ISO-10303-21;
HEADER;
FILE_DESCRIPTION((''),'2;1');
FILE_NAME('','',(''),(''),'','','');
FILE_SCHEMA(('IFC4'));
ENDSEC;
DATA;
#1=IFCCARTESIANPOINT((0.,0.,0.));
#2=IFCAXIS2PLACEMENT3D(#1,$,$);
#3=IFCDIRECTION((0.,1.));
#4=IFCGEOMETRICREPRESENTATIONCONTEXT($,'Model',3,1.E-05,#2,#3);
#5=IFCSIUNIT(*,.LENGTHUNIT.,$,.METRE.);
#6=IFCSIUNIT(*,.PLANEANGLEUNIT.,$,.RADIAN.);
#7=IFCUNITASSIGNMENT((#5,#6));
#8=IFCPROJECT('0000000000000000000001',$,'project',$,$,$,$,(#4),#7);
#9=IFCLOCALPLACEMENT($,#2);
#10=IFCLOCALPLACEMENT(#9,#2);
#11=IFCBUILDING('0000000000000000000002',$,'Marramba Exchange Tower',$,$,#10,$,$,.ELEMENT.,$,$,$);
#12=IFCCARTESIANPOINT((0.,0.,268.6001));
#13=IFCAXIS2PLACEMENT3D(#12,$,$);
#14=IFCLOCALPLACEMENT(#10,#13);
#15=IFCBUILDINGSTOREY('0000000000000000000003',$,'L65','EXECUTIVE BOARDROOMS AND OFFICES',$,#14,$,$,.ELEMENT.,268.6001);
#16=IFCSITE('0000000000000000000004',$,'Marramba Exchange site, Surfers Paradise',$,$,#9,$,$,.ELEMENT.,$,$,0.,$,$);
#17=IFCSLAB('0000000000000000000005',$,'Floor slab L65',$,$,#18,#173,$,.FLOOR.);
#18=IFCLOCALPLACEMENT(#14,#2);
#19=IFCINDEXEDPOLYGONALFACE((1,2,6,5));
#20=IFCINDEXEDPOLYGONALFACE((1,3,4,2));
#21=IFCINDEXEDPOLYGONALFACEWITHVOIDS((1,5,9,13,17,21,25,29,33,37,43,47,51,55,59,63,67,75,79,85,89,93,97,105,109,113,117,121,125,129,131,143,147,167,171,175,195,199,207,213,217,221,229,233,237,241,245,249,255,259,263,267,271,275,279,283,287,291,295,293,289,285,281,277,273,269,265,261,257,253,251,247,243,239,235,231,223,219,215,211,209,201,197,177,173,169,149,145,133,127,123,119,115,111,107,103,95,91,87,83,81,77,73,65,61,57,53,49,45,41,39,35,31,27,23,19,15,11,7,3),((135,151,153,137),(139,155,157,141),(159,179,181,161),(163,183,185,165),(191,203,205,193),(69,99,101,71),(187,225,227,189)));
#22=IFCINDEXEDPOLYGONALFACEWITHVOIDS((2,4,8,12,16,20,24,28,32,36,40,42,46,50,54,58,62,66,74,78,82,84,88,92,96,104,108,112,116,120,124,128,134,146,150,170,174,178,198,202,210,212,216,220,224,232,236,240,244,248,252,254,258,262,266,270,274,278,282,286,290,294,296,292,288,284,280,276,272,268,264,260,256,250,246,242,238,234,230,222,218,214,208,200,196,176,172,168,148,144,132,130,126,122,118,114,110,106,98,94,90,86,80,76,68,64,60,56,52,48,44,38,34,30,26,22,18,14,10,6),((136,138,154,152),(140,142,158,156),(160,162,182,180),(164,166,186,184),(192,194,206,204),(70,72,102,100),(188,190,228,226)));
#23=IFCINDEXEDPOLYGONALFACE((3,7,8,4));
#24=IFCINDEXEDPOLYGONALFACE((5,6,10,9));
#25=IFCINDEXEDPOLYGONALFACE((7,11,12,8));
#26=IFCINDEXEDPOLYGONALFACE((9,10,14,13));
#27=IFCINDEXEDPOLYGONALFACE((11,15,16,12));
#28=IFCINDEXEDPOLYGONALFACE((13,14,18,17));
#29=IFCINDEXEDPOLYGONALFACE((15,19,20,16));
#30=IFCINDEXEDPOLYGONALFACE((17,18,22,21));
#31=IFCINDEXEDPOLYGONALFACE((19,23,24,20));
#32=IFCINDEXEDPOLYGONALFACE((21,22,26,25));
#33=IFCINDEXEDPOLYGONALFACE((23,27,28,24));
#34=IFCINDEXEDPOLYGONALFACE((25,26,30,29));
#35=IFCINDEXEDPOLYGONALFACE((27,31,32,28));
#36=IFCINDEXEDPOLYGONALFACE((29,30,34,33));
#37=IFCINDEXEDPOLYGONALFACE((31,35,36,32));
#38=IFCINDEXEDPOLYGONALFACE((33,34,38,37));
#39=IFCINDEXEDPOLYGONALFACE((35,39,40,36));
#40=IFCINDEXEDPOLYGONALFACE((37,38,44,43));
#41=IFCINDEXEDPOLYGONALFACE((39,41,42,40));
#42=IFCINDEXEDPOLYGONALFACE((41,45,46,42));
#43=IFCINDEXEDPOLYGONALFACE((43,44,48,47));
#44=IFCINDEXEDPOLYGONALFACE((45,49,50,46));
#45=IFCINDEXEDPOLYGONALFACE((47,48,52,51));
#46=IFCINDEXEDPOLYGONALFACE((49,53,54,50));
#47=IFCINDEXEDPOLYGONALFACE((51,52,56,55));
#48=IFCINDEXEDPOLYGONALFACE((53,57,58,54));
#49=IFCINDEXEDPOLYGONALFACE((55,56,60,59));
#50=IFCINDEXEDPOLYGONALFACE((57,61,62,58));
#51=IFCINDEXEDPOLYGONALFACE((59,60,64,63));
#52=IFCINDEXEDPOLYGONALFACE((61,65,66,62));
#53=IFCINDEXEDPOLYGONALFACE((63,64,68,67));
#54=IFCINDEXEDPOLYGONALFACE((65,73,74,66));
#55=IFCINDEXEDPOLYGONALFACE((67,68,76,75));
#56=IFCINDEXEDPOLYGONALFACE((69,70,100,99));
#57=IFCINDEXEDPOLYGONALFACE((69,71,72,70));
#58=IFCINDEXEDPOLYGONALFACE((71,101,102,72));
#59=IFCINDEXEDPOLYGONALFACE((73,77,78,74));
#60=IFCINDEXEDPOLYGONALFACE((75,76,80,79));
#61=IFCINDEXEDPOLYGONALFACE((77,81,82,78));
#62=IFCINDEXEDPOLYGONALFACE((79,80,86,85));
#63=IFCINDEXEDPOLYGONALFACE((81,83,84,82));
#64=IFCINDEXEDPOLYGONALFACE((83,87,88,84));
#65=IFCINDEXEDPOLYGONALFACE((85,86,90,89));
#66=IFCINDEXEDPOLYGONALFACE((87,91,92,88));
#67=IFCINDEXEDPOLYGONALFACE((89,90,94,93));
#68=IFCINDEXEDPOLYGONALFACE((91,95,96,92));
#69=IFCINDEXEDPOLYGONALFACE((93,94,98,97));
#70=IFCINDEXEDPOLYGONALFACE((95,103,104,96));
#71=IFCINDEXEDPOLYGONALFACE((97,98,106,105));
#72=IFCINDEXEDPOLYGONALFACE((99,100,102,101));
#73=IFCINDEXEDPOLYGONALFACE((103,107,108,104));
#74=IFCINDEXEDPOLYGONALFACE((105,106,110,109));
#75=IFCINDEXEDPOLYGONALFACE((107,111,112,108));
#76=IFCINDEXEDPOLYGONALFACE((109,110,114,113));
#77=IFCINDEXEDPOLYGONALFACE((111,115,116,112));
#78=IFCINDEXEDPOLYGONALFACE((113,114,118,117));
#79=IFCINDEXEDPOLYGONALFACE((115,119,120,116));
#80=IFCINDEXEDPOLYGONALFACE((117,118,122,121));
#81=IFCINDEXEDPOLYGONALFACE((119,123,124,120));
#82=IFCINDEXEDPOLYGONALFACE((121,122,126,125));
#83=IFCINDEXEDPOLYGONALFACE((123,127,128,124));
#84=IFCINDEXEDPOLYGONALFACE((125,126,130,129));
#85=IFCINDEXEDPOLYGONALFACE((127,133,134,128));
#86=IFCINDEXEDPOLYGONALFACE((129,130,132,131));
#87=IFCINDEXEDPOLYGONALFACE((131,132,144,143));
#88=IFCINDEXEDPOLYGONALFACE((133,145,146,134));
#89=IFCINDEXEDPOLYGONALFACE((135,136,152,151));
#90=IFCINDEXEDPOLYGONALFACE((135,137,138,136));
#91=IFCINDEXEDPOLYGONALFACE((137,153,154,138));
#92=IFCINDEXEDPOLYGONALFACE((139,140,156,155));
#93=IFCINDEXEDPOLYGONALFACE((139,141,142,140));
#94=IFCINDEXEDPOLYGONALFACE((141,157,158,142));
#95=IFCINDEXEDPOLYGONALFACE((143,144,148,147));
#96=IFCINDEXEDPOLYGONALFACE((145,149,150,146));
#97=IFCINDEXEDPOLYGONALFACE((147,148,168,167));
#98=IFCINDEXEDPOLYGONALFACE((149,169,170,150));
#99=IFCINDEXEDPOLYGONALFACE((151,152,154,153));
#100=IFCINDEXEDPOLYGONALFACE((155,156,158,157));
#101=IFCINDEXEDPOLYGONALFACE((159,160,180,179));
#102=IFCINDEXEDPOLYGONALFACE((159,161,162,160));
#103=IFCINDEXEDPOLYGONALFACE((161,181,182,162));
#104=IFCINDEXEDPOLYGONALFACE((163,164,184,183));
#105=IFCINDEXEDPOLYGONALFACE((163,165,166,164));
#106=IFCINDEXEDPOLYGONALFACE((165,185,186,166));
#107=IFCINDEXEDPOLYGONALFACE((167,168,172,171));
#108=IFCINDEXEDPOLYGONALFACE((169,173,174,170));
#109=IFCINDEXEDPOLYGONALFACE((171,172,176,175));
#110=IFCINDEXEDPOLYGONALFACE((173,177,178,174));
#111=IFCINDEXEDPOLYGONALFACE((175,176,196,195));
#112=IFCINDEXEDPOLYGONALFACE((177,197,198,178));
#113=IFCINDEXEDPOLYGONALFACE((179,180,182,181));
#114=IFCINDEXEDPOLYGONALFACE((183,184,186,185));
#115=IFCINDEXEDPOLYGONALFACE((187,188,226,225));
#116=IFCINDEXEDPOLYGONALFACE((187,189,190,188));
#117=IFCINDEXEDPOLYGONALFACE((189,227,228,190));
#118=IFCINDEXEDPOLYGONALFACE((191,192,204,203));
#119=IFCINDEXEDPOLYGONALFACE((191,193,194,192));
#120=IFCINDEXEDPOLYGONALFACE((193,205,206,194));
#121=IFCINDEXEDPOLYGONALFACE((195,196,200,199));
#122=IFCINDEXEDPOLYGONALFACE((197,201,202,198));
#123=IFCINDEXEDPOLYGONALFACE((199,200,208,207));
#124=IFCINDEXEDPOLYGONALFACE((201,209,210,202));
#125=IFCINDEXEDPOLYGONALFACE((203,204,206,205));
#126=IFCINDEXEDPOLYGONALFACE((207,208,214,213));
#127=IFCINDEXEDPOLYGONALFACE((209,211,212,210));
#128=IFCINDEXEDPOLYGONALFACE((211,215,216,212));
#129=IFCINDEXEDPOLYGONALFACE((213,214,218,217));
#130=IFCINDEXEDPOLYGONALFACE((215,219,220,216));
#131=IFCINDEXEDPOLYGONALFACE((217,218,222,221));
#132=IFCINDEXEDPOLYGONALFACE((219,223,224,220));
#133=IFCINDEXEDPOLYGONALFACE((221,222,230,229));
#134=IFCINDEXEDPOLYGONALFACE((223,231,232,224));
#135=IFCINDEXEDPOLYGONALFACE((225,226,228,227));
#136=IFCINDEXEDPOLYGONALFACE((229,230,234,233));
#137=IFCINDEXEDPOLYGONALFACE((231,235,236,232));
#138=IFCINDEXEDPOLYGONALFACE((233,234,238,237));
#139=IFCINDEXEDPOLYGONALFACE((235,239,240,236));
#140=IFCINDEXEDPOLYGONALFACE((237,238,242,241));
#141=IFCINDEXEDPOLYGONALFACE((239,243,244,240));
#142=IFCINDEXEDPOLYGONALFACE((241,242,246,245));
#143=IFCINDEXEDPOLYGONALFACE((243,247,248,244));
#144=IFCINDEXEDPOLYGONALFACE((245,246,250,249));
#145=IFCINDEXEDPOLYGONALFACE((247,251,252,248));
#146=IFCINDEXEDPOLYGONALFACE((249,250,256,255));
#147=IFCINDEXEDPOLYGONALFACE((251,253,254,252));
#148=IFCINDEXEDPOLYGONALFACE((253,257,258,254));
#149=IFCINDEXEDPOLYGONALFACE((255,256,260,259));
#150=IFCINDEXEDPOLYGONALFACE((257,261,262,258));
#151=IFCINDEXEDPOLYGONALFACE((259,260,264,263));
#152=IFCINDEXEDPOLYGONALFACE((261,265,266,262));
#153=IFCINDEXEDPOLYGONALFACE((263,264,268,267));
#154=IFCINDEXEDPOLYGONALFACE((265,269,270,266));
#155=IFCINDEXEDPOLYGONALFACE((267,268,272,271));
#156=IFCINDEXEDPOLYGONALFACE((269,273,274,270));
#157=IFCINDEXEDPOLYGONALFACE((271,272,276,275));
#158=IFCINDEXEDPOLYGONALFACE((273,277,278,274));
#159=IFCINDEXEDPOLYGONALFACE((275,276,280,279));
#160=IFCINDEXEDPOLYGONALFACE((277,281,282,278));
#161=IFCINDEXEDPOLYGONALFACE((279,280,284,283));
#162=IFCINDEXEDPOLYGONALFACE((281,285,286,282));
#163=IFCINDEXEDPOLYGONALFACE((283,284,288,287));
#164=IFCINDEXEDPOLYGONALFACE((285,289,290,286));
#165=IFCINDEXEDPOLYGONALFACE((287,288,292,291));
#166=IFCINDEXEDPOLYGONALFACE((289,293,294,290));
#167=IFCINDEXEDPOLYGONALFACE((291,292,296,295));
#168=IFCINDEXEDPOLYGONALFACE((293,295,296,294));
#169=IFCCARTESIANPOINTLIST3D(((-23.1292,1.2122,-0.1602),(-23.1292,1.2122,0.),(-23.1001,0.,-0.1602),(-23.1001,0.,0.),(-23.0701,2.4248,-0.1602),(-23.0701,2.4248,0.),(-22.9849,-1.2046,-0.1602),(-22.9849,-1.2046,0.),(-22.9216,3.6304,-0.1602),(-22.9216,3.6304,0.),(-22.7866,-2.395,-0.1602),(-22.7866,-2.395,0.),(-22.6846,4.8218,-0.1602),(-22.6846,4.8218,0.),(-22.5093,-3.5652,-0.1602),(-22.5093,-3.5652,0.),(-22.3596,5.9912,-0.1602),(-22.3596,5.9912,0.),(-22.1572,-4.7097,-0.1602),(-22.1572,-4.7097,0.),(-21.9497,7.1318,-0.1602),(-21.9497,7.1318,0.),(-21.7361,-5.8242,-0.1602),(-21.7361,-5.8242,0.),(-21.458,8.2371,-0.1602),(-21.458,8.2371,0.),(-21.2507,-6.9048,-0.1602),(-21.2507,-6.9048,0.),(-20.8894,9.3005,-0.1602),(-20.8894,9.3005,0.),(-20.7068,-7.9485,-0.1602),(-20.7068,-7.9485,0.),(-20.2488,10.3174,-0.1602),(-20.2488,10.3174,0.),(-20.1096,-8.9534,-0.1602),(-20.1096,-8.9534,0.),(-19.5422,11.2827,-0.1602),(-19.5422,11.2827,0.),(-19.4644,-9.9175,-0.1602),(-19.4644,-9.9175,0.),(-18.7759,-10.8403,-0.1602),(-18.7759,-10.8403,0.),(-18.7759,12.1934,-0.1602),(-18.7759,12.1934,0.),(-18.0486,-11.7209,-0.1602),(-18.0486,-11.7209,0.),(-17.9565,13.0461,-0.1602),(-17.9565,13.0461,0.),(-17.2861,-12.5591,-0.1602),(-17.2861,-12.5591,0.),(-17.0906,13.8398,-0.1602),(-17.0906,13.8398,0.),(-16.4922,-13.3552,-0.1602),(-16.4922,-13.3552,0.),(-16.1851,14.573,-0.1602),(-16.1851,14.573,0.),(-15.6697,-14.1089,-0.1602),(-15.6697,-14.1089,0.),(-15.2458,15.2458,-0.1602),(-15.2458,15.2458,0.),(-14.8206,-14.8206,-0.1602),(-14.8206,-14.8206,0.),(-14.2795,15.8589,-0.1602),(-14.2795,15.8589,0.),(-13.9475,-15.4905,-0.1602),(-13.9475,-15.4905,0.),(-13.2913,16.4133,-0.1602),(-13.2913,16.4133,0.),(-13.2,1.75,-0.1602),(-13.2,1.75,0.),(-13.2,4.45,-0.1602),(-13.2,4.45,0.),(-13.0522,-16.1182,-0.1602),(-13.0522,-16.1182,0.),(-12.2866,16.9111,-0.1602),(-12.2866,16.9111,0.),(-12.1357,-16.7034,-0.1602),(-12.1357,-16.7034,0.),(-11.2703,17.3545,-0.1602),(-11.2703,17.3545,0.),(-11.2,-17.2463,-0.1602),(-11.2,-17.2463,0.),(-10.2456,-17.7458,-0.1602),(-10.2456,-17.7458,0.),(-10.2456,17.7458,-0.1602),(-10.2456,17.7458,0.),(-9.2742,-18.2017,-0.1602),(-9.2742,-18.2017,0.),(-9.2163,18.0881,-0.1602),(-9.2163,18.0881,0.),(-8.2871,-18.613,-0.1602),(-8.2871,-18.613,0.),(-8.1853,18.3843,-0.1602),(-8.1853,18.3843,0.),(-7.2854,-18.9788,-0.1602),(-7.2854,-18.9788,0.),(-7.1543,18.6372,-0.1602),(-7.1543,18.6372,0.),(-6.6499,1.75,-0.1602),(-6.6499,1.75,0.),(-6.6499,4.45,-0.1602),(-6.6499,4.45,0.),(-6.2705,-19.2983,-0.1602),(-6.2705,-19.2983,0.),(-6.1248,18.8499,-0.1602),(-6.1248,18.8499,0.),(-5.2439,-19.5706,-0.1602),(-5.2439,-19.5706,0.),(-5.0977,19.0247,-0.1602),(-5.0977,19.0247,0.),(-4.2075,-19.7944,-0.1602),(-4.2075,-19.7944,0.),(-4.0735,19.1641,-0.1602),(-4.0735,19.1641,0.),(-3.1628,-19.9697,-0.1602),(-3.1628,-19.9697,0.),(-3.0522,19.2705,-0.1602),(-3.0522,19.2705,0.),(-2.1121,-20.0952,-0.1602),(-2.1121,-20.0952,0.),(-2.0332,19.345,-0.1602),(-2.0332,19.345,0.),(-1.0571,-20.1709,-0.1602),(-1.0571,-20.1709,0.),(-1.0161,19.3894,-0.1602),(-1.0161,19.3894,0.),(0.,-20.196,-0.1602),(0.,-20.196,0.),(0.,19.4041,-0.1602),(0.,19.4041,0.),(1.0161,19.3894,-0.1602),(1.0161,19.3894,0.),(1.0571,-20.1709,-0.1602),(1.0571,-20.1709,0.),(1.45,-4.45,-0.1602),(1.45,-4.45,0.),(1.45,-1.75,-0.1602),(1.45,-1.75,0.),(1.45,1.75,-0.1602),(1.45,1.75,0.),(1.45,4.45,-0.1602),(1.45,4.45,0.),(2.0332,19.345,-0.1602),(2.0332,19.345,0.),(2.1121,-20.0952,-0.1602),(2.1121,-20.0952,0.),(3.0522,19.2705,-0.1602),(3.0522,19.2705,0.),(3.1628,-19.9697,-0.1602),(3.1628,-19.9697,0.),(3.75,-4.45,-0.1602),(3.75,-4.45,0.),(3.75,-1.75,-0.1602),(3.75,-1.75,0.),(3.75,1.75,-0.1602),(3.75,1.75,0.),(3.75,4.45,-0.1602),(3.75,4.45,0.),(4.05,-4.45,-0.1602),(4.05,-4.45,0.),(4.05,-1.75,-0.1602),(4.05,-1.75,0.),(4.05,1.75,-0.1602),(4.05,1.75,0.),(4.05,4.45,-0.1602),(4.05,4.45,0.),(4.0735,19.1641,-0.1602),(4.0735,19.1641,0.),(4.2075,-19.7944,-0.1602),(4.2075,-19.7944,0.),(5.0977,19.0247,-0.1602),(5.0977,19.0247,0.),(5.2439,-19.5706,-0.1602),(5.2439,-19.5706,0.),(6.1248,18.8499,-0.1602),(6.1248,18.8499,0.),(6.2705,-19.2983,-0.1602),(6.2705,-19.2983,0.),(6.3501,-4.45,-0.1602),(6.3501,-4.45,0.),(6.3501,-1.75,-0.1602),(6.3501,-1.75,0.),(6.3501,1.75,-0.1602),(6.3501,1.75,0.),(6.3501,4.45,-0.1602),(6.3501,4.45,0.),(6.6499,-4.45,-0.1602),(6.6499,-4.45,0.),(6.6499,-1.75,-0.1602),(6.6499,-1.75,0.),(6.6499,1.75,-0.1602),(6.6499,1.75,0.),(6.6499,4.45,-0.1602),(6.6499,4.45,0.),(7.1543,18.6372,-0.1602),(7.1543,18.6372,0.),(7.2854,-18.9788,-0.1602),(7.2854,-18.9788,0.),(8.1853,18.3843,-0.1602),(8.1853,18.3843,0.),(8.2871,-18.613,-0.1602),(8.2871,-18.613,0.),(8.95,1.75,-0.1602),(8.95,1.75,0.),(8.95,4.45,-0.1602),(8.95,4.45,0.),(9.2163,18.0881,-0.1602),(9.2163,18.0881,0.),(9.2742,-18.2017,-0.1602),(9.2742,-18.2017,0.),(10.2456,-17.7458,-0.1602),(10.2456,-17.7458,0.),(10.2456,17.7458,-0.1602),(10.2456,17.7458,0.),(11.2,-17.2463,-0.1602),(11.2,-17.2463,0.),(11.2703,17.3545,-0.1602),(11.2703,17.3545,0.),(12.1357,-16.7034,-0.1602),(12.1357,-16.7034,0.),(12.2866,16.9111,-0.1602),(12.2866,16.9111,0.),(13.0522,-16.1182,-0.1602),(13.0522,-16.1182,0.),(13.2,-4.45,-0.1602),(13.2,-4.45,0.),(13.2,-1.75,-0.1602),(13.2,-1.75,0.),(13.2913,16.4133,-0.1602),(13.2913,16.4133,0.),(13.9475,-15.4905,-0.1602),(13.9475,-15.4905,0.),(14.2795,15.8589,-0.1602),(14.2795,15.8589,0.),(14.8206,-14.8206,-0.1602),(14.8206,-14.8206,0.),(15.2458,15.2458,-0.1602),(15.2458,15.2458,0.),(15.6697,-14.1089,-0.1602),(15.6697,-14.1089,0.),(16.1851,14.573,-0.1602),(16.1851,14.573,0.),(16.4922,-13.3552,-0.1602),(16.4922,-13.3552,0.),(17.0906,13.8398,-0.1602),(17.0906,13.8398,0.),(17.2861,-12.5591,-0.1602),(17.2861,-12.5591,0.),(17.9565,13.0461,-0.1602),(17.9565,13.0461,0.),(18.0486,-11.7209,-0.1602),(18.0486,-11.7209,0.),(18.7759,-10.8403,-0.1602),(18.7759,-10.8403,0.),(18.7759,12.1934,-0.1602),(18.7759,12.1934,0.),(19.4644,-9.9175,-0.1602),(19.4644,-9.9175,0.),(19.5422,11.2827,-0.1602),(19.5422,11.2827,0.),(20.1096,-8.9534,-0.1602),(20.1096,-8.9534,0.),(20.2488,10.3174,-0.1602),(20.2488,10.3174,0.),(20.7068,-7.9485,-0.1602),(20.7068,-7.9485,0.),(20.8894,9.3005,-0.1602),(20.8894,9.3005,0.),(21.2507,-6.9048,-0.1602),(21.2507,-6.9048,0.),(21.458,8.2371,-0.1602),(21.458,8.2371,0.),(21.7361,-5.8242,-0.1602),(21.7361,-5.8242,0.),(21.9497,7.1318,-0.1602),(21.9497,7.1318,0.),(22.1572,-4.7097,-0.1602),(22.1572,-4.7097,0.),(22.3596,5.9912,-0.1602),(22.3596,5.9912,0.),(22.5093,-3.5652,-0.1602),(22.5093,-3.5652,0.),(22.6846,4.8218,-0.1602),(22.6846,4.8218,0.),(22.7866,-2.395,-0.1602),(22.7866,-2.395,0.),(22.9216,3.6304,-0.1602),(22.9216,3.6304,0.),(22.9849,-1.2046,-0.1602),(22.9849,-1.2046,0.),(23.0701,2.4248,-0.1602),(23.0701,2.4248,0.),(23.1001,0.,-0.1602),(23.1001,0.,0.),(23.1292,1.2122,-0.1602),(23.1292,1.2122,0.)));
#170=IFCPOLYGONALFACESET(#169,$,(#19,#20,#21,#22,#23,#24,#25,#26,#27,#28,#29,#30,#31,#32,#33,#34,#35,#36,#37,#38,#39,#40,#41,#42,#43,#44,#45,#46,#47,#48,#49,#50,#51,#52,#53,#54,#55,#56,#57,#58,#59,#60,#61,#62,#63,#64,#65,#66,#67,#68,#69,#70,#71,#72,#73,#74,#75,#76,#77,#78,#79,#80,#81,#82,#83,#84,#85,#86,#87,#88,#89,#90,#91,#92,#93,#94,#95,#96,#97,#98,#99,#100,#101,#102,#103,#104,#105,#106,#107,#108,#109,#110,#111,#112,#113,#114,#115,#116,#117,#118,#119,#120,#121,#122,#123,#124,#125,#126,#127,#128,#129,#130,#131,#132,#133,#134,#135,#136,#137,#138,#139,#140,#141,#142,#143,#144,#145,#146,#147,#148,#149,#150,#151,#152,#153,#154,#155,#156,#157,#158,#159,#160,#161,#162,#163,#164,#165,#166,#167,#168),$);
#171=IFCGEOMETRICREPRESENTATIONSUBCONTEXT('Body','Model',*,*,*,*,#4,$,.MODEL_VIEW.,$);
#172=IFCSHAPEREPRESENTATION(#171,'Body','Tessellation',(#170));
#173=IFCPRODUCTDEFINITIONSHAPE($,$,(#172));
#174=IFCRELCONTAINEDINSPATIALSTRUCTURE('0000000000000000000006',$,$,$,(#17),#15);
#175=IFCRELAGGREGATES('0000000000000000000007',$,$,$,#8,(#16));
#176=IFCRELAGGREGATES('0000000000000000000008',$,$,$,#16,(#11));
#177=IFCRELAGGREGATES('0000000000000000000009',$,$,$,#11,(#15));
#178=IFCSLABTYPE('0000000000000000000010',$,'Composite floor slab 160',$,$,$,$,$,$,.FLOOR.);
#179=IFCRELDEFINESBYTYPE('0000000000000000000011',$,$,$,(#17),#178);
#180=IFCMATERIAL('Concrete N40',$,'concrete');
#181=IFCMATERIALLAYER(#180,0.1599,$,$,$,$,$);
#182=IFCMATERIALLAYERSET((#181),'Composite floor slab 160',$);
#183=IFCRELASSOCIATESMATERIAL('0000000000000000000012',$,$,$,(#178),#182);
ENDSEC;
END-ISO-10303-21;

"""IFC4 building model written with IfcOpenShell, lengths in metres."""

from ifc_helpers import new_model, si_unit, direction, frame, origin, place, context, subcontext, project, spatial, polyline, outline, extrude, material, layer, layer_set, type_object, element, save


model = new_model("IFC4")

# Units and contexts
model_context = context("Model", 3, precision=1e-05, world=origin(), true_north=direction((0.0, 1.0)))
body_context = subcontext(model_context, "Body", "Model", "MODEL_VIEW")
ifc_project = project(units=[si_unit("LENGTHUNIT", "METRE"), si_unit("PLANEANGLEUNIT", "RADIAN")], contexts=[model_context])

# Site, building, storey
site_placement = place(None, origin())
site = spatial("IfcSite", under=ifc_project, at=site_placement, Name="Marramba Exchange site, Surfers Paradise", CompositionType="ELEMENT", RefElevation=0.0)
building_placement = place(site_placement, origin())
building = spatial("IfcBuilding", under=site, at=building_placement, Name="Marramba Exchange Tower", CompositionType="ELEMENT")
storey_placement = place(building_placement, frame((0.0, 0.0, 268.6001)))
storey = spatial("IfcBuildingStorey", under=building, at=storey_placement, Name="L65", Description="EXECUTIVE BOARDROOMS AND OFFICES", CompositionType="ELEMENT", Elevation=268.6001)

# Slab
ifc_material_1 = material(Name="Concrete N40", Category="concrete")
ifc_layer_1 = layer(ifc_material_1, 0.1599)
ifc_layer_set_1 = layer_set([ifc_layer_1], Name="Composite floor slab 160")
slab_type = type_object("IfcSlabType", Name="Composite floor slab 160", PredefinedType="FLOOR", material=ifc_layer_set_1)
slab_placement = place(storey_placement, frame((0.0, 0.0, -0.1602)))
element("IfcSlab", 1, at=slab_placement, inside=storey, type_object=slab_type, Name="Floor slab L65", PredefinedType="FLOOR", context=body_context, shape_type="SweptSolid", body=[
    extrude(outline(polyline([(23.1001, 0.0), (23.1292, 1.2122), (23.0701, 2.4248), (22.9216, 3.6304), (22.6846, 4.8218), (22.3596, 5.9912), (21.9497, 7.1318), (21.458, 8.2371), (20.8894, 9.3005), (20.2488, 10.3174), (19.5422, 11.2827), (18.7759, 12.1934), (17.9565, 13.0461), (17.0906, 13.8398), (16.1851, 14.573), (15.2458, 15.2458), (14.2795, 15.8589), (13.2913, 16.4133), (12.2866, 16.9111), (11.2703, 17.3545), (10.2456, 17.7458), (9.2163, 18.0881), (8.1853, 18.3843), (7.1543, 18.6372), (6.1248, 18.8499), (5.0977, 19.0247), (4.0735, 19.1641), (3.0522, 19.2705), (2.0332, 19.345), (1.0161, 19.3894), (0.0, 19.4041), (-1.0161, 19.3894), (-2.0332, 19.345), (-3.0522, 19.2705), (-4.0735, 19.1641), (-5.0977, 19.0247), (-6.1248, 18.8499), (-7.1543, 18.6372), (-8.1853, 18.3843), (-9.2163, 18.0881), (-10.2456, 17.7458), (-11.2703, 17.3545), (-12.2866, 16.9111), (-13.2913, 16.4133), (-14.2795, 15.8589), (-15.2458, 15.2458), (-16.1851, 14.573), (-17.0906, 13.8398), (-17.9565, 13.0461), (-18.7759, 12.1934), (-19.5422, 11.2827), (-20.2488, 10.3174), (-20.8894, 9.3005), (-21.458, 8.2371), (-21.9497, 7.1318), (-22.3596, 5.9912), (-22.6846, 4.8218), (-22.9216, 3.6304), (-23.0701, 2.4248), (-23.1292, 1.2122), (-23.1001, 0.0), (-22.9849, -1.2046), (-22.7866, -2.395), (-22.5093, -3.5652), (-22.1572, -4.7097), (-21.7361, -5.8242), (-21.2507, -6.9048), (-20.7068, -7.9485), (-20.1096, -8.9534), (-19.4644, -9.9175), (-18.7759, -10.8403), (-18.0486, -11.7209), (-17.2861, -12.5591), (-16.4922, -13.3552), (-15.6697, -14.1089), (-14.8206, -14.8206), (-13.9475, -15.4905), (-13.0522, -16.1182), (-12.1357, -16.7034), (-11.2, -17.2463), (-10.2456, -17.7458), (-9.2742, -18.2017), (-8.2871, -18.613), (-7.2854, -18.9788), (-6.2705, -19.2983), (-5.2439, -19.5706), (-4.2075, -19.7944), (-3.1628, -19.9697), (-2.1121, -20.0952), (-1.0571, -20.1709), (0.0, -20.196), (1.0571, -20.1709), (2.1121, -20.0952), (3.1628, -19.9697), (4.2075, -19.7944), (5.2439, -19.5706), (6.2705, -19.2983), (7.2854, -18.9788), (8.2871, -18.613), (9.2742, -18.2017), (10.2456, -17.7458), (11.2, -17.2463), (12.1357, -16.7034), (13.0522, -16.1182), (13.9475, -15.4905), (14.8206, -14.8206), (15.6697, -14.1089), (16.4922, -13.3552), (17.2861, -12.5591), (18.0486, -11.7209), (18.7759, -10.8403), (19.4644, -9.9175), (20.1096, -8.9534), (20.7068, -7.9485), (21.2507, -6.9048), (21.7361, -5.8242), (22.1572, -4.7097), (22.5093, -3.5652), (22.7866, -2.395), (22.9849, -1.2046), (23.1001, 0.0)]), holes=[polyline([(1.45, 1.75), (3.75, 1.75), (3.75, 4.45), (1.45, 4.45), (1.45, 1.75)]), polyline([(4.05, 1.75), (6.3501, 1.75), (6.3501, 4.45), (4.05, 4.45), (4.05, 1.75)]), polyline([(1.45, -4.45), (3.75, -4.45), (3.75, -1.75), (1.45, -1.75), (1.45, -4.45)]), polyline([(4.05, -4.45), (6.3501, -4.45), (6.3501, -1.75), (4.05, -1.75), (4.05, -4.45)]), polyline([(6.6499, 1.75), (8.95, 1.75), (8.95, 4.45), (6.6499, 4.45), (6.6499, 1.75)]), polyline([(-13.2, 1.75), (-6.6499, 1.75), (-6.6499, 4.45), (-13.2, 4.45), (-13.2, 1.75)]), polyline([(6.6499, -4.45), (13.2, -4.45), (13.2, -1.75), (6.6499, -1.75), (6.6499, -4.45)])]), origin(), (0.0, 0.0, 1.0), 0.1602),
])

save(model, "model.ifc")
